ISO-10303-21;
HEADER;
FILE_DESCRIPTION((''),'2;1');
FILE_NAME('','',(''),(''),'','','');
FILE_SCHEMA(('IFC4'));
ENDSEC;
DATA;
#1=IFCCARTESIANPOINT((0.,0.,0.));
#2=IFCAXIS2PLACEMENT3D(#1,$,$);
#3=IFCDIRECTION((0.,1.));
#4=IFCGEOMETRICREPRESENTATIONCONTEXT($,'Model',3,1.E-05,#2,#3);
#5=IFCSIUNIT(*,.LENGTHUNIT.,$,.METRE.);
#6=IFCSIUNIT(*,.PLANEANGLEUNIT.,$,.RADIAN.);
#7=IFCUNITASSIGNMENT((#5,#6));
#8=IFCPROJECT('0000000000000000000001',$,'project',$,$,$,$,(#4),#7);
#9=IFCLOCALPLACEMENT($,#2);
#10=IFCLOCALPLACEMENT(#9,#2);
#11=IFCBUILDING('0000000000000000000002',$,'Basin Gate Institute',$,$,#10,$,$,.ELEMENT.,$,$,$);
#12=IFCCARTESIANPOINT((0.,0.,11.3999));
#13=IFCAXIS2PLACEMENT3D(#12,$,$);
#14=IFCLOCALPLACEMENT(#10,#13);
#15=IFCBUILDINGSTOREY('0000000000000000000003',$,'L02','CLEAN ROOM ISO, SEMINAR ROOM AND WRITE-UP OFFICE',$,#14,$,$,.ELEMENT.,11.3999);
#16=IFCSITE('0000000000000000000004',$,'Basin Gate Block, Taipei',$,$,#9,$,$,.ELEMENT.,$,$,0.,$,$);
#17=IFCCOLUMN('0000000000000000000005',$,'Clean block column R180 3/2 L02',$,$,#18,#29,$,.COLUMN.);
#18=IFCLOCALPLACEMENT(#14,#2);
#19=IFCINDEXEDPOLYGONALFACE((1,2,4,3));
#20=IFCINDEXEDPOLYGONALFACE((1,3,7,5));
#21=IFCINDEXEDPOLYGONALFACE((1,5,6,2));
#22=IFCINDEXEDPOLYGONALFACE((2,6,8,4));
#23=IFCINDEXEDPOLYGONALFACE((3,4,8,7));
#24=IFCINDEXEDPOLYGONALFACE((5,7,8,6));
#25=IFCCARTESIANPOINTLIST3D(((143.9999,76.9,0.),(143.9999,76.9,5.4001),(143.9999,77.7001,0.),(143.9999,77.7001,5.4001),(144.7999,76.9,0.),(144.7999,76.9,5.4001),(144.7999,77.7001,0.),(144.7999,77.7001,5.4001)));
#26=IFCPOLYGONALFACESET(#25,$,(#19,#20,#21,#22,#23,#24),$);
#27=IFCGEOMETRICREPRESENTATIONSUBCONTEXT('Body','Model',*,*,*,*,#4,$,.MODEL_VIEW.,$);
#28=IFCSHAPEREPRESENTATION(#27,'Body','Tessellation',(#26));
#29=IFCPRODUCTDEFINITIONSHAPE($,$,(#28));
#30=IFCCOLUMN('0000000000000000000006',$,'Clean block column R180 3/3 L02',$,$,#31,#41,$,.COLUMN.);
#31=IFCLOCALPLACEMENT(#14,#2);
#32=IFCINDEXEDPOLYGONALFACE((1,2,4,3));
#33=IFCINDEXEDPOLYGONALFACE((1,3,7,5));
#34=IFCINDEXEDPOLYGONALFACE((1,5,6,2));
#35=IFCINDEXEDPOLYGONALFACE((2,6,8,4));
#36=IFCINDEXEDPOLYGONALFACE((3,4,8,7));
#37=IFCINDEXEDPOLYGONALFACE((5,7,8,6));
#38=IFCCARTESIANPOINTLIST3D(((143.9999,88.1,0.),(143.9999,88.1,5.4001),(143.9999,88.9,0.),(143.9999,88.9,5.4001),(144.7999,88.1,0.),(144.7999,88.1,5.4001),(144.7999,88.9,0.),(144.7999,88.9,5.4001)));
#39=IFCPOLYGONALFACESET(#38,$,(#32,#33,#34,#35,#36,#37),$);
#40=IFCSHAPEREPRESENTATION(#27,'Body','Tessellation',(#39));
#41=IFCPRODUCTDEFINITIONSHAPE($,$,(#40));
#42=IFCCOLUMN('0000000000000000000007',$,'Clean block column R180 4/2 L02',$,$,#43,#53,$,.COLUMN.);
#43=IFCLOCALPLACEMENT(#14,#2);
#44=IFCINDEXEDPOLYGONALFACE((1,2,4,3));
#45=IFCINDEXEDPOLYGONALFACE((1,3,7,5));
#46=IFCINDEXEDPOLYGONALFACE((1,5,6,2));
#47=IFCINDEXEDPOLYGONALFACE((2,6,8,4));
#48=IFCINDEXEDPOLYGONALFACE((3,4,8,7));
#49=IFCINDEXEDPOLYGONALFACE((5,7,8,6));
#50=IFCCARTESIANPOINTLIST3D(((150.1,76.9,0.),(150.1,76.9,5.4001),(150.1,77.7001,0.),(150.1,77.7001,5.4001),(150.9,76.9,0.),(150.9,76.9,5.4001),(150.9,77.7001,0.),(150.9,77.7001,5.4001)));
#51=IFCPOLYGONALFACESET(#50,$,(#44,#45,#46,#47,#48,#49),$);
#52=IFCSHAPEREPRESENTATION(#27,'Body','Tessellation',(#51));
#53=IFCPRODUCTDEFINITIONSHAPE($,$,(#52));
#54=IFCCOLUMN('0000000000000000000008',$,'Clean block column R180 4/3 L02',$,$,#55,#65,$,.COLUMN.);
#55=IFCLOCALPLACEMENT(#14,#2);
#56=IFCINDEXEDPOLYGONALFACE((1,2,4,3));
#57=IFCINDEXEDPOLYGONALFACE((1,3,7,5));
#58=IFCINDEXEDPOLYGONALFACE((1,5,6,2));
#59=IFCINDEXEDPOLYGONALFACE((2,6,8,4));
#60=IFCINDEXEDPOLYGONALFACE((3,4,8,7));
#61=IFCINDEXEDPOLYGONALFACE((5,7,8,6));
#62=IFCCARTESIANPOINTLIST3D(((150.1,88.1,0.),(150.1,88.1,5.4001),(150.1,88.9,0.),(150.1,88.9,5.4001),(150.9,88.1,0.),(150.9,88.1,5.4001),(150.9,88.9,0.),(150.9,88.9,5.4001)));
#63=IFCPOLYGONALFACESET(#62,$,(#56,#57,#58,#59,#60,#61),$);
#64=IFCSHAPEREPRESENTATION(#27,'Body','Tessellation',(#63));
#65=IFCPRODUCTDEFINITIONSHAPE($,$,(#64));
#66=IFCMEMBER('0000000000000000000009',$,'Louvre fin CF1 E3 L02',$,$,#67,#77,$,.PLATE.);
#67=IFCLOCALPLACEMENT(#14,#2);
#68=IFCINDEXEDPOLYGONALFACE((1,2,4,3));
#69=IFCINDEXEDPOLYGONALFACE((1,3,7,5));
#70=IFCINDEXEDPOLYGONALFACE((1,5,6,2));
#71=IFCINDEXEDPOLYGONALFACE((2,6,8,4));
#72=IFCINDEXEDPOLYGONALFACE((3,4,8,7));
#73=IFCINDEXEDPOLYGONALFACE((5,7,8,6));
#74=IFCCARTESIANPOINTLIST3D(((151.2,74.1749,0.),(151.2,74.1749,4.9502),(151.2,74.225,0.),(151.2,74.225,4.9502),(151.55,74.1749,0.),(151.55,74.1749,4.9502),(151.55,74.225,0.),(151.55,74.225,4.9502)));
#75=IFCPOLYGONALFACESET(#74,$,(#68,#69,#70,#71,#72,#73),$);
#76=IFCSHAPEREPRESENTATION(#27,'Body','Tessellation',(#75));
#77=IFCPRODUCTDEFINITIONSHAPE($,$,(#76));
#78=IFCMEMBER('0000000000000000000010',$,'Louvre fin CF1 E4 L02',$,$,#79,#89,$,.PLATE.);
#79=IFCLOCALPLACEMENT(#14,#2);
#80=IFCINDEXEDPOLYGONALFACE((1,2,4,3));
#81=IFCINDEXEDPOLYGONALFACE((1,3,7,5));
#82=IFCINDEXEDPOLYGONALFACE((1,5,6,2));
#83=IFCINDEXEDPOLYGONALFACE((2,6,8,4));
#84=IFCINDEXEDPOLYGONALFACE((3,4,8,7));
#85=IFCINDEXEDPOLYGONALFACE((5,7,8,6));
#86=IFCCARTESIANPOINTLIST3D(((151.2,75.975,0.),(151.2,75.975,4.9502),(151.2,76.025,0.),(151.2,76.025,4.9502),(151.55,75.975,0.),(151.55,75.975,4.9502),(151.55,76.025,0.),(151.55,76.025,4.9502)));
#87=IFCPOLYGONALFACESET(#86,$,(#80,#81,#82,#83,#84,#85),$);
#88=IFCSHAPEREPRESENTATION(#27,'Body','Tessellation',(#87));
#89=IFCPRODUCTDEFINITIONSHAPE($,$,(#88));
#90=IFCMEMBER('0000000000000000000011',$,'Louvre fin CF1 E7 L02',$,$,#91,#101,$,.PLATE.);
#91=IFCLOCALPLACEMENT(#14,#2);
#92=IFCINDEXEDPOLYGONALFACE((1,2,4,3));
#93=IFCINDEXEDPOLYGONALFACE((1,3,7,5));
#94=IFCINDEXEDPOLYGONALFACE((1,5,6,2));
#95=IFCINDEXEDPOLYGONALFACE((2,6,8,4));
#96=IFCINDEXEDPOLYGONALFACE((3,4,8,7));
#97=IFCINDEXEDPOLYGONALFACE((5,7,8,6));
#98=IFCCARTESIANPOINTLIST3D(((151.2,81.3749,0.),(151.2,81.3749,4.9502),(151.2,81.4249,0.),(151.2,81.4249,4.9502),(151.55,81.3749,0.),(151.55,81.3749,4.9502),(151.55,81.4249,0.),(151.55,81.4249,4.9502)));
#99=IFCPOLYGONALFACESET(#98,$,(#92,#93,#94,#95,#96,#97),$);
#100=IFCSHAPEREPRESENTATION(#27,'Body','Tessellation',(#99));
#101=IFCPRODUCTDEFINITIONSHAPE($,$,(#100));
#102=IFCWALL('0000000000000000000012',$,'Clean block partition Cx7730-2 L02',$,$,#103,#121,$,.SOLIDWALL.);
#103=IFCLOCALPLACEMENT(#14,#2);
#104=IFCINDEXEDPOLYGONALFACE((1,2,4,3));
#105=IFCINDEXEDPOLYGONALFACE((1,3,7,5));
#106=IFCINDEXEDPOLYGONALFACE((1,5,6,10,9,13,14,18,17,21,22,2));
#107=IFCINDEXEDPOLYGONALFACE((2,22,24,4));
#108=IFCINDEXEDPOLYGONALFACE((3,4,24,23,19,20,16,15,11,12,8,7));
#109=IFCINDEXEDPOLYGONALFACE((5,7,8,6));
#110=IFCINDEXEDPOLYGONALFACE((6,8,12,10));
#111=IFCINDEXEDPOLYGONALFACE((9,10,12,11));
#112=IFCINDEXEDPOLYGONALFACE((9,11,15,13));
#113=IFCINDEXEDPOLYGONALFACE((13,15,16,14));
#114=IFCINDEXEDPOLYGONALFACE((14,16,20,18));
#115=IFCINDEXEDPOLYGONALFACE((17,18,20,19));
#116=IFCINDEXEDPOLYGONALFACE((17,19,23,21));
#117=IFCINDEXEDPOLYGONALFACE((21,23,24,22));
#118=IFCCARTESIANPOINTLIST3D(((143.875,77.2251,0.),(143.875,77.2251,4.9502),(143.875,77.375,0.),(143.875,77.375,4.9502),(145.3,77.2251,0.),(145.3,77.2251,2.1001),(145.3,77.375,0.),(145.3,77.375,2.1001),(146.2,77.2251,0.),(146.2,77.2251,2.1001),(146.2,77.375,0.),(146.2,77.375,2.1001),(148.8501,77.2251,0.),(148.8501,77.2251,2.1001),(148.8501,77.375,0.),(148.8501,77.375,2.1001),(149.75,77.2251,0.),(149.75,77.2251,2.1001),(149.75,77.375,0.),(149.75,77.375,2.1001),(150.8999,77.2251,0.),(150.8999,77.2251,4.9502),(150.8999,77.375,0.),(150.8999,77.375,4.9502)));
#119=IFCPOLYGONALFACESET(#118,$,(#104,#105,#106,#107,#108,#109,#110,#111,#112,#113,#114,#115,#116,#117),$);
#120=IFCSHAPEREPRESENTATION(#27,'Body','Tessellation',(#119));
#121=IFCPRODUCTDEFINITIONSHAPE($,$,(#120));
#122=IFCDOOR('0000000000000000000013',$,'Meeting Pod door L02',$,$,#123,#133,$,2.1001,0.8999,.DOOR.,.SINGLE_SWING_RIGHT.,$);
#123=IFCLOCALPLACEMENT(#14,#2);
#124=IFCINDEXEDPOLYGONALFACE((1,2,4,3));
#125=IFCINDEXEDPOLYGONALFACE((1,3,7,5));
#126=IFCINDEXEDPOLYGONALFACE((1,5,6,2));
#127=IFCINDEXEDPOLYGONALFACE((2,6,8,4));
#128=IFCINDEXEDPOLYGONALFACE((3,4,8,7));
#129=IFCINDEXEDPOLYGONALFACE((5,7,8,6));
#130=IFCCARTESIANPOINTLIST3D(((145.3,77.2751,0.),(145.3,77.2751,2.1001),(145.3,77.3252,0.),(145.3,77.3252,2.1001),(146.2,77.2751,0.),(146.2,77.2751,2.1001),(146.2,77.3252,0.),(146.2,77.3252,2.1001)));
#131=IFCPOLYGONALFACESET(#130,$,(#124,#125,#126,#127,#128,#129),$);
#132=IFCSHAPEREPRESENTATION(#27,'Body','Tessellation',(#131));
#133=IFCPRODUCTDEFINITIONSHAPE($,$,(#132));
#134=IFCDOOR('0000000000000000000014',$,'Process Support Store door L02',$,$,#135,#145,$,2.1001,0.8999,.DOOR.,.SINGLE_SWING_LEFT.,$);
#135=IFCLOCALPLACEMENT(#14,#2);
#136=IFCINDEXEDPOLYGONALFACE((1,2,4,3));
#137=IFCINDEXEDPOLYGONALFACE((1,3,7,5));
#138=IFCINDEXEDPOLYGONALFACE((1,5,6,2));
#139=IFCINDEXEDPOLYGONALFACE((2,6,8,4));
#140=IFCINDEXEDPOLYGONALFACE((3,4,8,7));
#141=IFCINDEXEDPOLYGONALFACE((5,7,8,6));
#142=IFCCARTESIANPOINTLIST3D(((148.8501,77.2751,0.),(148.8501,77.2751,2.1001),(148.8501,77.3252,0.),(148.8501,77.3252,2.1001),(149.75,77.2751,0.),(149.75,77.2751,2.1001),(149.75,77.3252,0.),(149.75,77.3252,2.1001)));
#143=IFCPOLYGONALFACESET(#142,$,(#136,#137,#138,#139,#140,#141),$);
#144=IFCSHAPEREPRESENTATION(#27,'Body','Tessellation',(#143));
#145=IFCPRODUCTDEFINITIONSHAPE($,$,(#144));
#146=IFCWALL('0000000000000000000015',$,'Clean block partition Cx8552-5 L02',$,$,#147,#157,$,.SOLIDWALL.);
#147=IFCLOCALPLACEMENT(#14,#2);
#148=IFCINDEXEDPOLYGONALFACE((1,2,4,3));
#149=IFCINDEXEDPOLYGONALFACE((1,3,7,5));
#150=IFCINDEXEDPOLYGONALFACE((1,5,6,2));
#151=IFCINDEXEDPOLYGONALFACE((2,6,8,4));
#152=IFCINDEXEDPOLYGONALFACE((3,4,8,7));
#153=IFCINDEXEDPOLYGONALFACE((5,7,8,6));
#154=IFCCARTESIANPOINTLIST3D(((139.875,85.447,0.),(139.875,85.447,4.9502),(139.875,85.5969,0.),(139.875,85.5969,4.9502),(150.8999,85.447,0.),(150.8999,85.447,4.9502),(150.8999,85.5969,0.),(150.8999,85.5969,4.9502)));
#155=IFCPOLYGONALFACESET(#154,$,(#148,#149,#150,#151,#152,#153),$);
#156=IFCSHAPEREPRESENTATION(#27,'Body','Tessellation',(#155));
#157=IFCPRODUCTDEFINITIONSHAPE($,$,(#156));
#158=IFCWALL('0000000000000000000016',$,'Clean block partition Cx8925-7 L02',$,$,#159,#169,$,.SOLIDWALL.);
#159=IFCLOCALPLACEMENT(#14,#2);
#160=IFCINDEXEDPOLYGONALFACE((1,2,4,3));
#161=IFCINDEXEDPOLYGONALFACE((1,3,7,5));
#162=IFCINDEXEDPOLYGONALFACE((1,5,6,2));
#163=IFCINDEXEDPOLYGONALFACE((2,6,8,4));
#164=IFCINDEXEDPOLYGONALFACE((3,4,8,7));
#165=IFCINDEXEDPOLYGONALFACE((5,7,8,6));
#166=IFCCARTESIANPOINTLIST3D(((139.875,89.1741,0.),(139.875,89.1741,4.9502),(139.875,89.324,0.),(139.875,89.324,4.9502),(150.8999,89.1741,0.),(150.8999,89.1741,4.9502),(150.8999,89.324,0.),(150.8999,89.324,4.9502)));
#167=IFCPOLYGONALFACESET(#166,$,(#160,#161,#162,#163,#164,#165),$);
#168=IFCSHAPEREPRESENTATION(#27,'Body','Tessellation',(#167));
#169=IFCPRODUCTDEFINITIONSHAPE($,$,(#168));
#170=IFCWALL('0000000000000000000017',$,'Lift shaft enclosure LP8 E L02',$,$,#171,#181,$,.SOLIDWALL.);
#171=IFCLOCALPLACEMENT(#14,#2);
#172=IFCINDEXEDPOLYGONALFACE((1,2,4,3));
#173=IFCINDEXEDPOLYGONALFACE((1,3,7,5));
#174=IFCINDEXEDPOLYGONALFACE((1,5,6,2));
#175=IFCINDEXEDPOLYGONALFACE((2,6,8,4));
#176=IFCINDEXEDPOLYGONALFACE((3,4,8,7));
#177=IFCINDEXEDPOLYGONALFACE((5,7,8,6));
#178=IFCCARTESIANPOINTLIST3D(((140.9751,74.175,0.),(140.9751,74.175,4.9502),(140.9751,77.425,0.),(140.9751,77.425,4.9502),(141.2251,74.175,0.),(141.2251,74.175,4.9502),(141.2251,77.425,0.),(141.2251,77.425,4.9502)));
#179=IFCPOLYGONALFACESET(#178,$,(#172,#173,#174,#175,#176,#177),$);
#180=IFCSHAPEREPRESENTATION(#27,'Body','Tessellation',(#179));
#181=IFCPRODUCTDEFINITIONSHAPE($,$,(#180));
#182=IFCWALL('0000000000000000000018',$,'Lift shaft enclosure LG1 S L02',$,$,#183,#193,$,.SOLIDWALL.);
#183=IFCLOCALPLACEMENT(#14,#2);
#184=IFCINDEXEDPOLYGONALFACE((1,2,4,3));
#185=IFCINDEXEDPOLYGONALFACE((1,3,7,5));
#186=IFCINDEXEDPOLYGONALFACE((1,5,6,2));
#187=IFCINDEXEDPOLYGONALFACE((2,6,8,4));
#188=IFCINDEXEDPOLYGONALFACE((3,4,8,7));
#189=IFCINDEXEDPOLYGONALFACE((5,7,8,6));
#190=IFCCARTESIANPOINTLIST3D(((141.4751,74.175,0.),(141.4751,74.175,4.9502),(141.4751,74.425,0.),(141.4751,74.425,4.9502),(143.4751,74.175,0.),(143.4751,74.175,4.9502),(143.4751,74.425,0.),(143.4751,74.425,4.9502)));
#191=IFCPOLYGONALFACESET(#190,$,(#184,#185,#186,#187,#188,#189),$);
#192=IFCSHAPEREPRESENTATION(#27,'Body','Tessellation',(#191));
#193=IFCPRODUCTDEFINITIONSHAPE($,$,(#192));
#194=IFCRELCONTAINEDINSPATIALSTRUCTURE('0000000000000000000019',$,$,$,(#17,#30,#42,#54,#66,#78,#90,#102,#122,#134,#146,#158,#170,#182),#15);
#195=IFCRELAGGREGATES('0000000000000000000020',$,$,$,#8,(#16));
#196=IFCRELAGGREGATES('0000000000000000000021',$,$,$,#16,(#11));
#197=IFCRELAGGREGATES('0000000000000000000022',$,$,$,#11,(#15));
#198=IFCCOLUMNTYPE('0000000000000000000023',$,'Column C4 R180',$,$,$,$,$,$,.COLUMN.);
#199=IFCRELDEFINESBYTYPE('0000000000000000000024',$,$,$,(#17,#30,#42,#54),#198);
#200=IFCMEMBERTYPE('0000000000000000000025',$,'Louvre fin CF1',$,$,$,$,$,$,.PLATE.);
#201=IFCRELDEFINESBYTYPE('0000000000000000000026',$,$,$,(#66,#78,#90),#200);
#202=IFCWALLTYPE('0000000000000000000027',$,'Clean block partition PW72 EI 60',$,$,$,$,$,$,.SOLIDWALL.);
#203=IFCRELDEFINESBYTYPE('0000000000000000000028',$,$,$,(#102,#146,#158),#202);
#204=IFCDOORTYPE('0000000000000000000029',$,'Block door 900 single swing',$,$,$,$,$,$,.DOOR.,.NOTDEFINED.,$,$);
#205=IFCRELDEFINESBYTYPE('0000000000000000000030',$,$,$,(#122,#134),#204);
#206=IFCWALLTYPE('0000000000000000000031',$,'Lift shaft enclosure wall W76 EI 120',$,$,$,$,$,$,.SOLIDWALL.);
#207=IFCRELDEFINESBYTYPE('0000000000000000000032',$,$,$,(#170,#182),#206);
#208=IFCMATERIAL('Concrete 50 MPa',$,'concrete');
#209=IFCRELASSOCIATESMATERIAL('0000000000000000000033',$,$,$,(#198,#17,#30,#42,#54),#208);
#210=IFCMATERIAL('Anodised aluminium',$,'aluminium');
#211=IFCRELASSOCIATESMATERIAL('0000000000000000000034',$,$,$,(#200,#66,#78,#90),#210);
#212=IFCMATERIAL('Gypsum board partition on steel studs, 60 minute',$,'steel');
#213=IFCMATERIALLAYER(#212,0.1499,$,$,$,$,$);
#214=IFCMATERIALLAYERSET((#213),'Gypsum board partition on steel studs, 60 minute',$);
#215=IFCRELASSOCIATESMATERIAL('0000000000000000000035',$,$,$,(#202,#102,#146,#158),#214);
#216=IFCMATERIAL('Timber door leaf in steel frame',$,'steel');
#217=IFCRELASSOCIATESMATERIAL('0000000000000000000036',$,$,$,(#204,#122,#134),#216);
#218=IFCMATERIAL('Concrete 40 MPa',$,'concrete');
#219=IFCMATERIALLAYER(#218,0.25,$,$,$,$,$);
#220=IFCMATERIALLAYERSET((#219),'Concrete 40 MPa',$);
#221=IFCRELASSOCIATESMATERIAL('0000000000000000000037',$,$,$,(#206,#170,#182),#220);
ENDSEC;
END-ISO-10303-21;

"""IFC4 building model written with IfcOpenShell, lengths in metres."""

from ifc_helpers import new_model, si_unit, direction, frame, frame_2d, origin, origin_2d, place, context, subcontext, project, spatial, rectangle, extrude, material, layer, layer_set, material_profile, profile_set, type_object, element, fill, save


model = new_model("IFC4")

# Units and contexts
model_context = context("Model", 3, precision=1e-05, world=origin(), true_north=direction((0.0, 1.0)))
body_context = subcontext(model_context, "Body", "Model", "MODEL_VIEW")
ifc_project = project(units=[si_unit("LENGTHUNIT", "METRE"), si_unit("PLANEANGLEUNIT", "RADIAN")], contexts=[model_context])

# Site, building, storey
site_placement = place(None, origin())
site = spatial("IfcSite", under=ifc_project, at=site_placement, Name="Basin Gate Block, Taipei", CompositionType="ELEMENT", RefElevation=0.0)
building_placement = place(site_placement, origin())
building = spatial("IfcBuilding", under=site, at=building_placement, Name="Basin Gate Institute", CompositionType="ELEMENT")
storey_placement = place(building_placement, frame((0.0, 0.0, 11.3999)))
storey = spatial("IfcBuildingStorey", under=building, at=storey_placement, Name="L02", Description="CLEAN ROOM ISO, SEMINAR ROOM AND WRITE-UP OFFICE", CompositionType="ELEMENT", Elevation=11.3999)

# Columns
ifc_material_1 = material(Name="Concrete 50 MPa", Category="concrete")
ifc_material_profile_1 = material_profile(ifc_material_1, rectangle(XDim=0.8, YDim=0.8, at=origin_2d()), Name="Column C4 800 x 800")
ifc_profile_set_1 = profile_set([ifc_material_profile_1], Name="Concrete 50 MPa")
column_type = type_object("IfcColumnType", Name="Column C4 R180", PredefinedType="COLUMN", material=ifc_profile_set_1)
for number, where, z_axis, x_axis, name in (
    (1, (144.3999, 77.3, 0.0), (0.0, 0.0, 1.0), (1.0, 0.0, 0.0), "Clean block column R180 3/2 L02"),
    (2, (144.3999, 88.5, 0.0), (0.0, 0.0, 1.0), (1.0, 0.0, 0.0), "Clean block column R180 3/3 L02"),
    (3, (150.5, 77.3, 0.0), (0.0, 0.0, 1.0), (1.0, 0.0, 0.0), "Clean block column R180 4/2 L02"),
    (4, (150.5, 88.5, 0.0), (0.0, 0.0, 1.0), (1.0, 0.0, 0.0), "Clean block column R180 4/3 L02"),
):
    element("IfcColumn", number, at=place(storey_placement, frame(where, z_axis=z_axis, x_axis=x_axis)), inside=storey, type_object=column_type, material=ifc_profile_set_1, Name=name, PredefinedType="COLUMN", context=body_context, shape_type="SweptSolid", body=[
        extrude(rectangle(XDim=0.8, YDim=0.8, at=origin_2d()), origin(), (0.0, 0.0, 1.0), 5.4001),
    ])

# Members
ifc_material_2 = material(Name="Anodised aluminium", Category="aluminium")
ifc_material_profile_2 = material_profile(ifc_material_2, rectangle(XDim=0.05, YDim=0.3501, at=origin_2d()), Name="Louvre fin CF1 50 x 350")
ifc_profile_set_2 = profile_set([ifc_material_profile_2], Name="Anodised aluminium")
member_type = type_object("IfcMemberType", Name="Louvre fin CF1", PredefinedType="PLATE", material=ifc_profile_set_2)
for number, where, z_axis, x_axis, name in (
    (5, (151.375, 74.2, 0.0), (0.0, 0.0, 1.0), (0.0, 1.0, 0.0), "Louvre fin CF1 E3 L02"),
    (6, (151.375, 76.0, 0.0), (0.0, 0.0, 1.0), (0.0, 1.0, 0.0), "Louvre fin CF1 E4 L02"),
    (7, (151.375, 81.3999, 0.0), (0.0, 0.0, 1.0), (0.0, 1.0, 0.0), "Louvre fin CF1 E7 L02"),
):
    element("IfcMember", number, at=place(storey_placement, frame(where, z_axis=z_axis, x_axis=x_axis)), inside=storey, type_object=member_type, material=ifc_profile_set_2, Name=name, PredefinedType="PLATE", context=body_context, shape_type="SweptSolid", body=[
        extrude(rectangle(XDim=0.05, YDim=0.3501, at=origin_2d()), origin(), (0.0, 0.0, 1.0), 4.9502),
    ])

# Wall, openings, doors
ifc_material_3 = material(Name="Gypsum board partition on steel studs, 60 minute", Category="steel")
ifc_layer_1 = layer(ifc_material_3, 0.1499)
ifc_layer_set_1 = layer_set([ifc_layer_1], Name="Gypsum board partition on steel studs, 60 minute")
wall_type_1 = type_object("IfcWallType", Name="Clean block partition PW72 EI 60", PredefinedType="SOLIDWALL", material=ifc_layer_set_1)
wall_1_placement = place(storey_placement, frame((143.875, 77.3, 0.0), z_axis=(0.0, 0.0, 1.0), x_axis=(1.0, 0.0, 0.0)))
wall_1 = element("IfcWall", 8, at=wall_1_placement, inside=storey, type_object=wall_type_1, material=ifc_layer_set_1, Name="Clean block partition Cx7730-2 L02", PredefinedType="SOLIDWALL", context=body_context, shape_type="SweptSolid", body=[
    extrude(rectangle(XDim=7.0249, YDim=0.1499, at=frame_2d((3.5125, 0.0))), origin(), (0.0, 0.0, 1.0), 4.9502),
])
opening_1_placement = place(wall_1_placement, frame((1.425, 0.0, 0.0)))
opening_1 = element("IfcOpeningElement", 9, at=opening_1_placement, cuts=wall_1, PredefinedType="OPENING", context=body_context, shape_type="SweptSolid", body=[
    extrude(rectangle(XDim=0.8999, YDim=2.1001, at=frame_2d((0.45, 1.05))), frame((0.0, 0.085, 0.0), z_axis=(0.0, -1.0, 0.0), x_axis=(1.0, 0.0, 0.0)), (0.0, 0.0, 1.0), 0.1699),
])
opening_2_placement = place(wall_1_placement, frame((4.9751, 0.0, 0.0)))
opening_2 = element("IfcOpeningElement", 10, at=opening_2_placement, cuts=wall_1, PredefinedType="OPENING", context=body_context, shape_type="SweptSolid", body=[
    extrude(rectangle(XDim=0.8999, YDim=2.1001, at=frame_2d((0.45, 1.05))), frame((0.0, 0.085, 0.0), z_axis=(0.0, -1.0, 0.0), x_axis=(1.0, 0.0, 0.0)), (0.0, 0.0, 1.0), 0.1699),
])
ifc_material_4 = material(Name="Timber door leaf in steel frame", Category="steel")
door_type_1 = type_object("IfcDoorType", Name="Block door 900 single swing", OperationType="NOTDEFINED", PredefinedType="DOOR", material=ifc_material_4)
door_1_placement = place(opening_1_placement, frame((0.8999, 0.0, 0.0), z_axis=(0.0, 0.0, 1.0), x_axis=(-1.0, 0.0, 0.0)))
door_1 = element("IfcDoor", 11, at=door_1_placement, inside=storey, type_object=door_type_1, material=ifc_material_4, Name="Meeting Pod door L02", OperationType="SINGLE_SWING_RIGHT", OverallHeight=2.1001, OverallWidth=0.8999, PredefinedType="DOOR", context=body_context, shape_type="SweptSolid", body=[
    extrude(rectangle(XDim=0.8999, YDim=2.1001, at=frame_2d((0.45, 1.05))), frame((0.0, 0.0249, 0.0), z_axis=(0.0, -1.0, 0.0), x_axis=(1.0, 0.0, 0.0)), (0.0, 0.0, 1.0), 0.05),
])
fill(opening_1, door_1)
door_2_placement = place(opening_2_placement, frame((0.8999, 0.0, 0.0), z_axis=(0.0, 0.0, 1.0), x_axis=(-1.0, 0.0, 0.0)))
door_2 = element("IfcDoor", 12, at=door_2_placement, inside=storey, type_object=door_type_1, material=ifc_material_4, Name="Process Support Store door L02", OperationType="SINGLE_SWING_LEFT", OverallHeight=2.1001, OverallWidth=0.8999, PredefinedType="DOOR", context=body_context, shape_type="SweptSolid", body=[
    extrude(rectangle(XDim=0.8999, YDim=2.1001, at=frame_2d((0.45, 1.05))), frame((0.0, 0.0249, 0.0), z_axis=(0.0, -1.0, 0.0), x_axis=(1.0, 0.0, 0.0)), (0.0, 0.0, 1.0), 0.05),
])
fill(opening_2, door_2)

# Walls
for number, where, z_axis, x_axis, name in (
    (13, (139.875, 85.522, 0.0), (0.0, 0.0, 1.0), (1.0, 0.0, 0.0), "Clean block partition Cx8552-5 L02"),
    (14, (139.875, 89.249, 0.0), (0.0, 0.0, 1.0), (1.0, 0.0, 0.0), "Clean block partition Cx8925-7 L02"),
):
    element("IfcWall", number, at=place(storey_placement, frame(where, z_axis=z_axis, x_axis=x_axis)), inside=storey, type_object=wall_type_1, material=ifc_layer_set_1, Name=name, PredefinedType="SOLIDWALL", context=body_context, shape_type="SweptSolid", body=[
        extrude(rectangle(XDim=11.0249, YDim=0.1499, at=frame_2d((5.5125, 0.0))), origin(), (0.0, 0.0, 1.0), 4.9502),
    ])
ifc_material_5 = material(Name="Concrete 40 MPa", Category="concrete")
ifc_layer_2 = layer(ifc_material_5, 0.25)
ifc_layer_set_2 = layer_set([ifc_layer_2], Name="Concrete 40 MPa")
wall_type_2 = type_object("IfcWallType", Name="Lift shaft enclosure wall W76 EI 120", PredefinedType="SOLIDWALL", material=ifc_layer_set_2)
wall_2_placement = place(storey_placement, frame((141.1001, 74.175, 0.0), z_axis=(0.0, 0.0, 1.0), x_axis=(0.0, 1.0, 0.0)))
element("IfcWall", 15, at=wall_2_placement, inside=storey, type_object=wall_type_2, material=ifc_layer_set_2, Name="Lift shaft enclosure LP8 E L02", PredefinedType="SOLIDWALL", context=body_context, shape_type="SweptSolid", body=[
    extrude(rectangle(XDim=3.25, YDim=0.25, at=frame_2d((1.625, 0.0))), origin(), (0.0, 0.0, 1.0), 4.9502),
])
wall_3_placement = place(storey_placement, frame((141.4751, 74.3, 0.0), z_axis=(0.0, 0.0, 1.0), x_axis=(1.0, 0.0, 0.0)))
element("IfcWall", 16, at=wall_3_placement, inside=storey, type_object=wall_type_2, material=ifc_layer_set_2, Name="Lift shaft enclosure LG1 S L02", PredefinedType="SOLIDWALL", context=body_context, shape_type="SweptSolid", body=[
    extrude(rectangle(XDim=2.0, YDim=0.25, at=frame_2d((1.0, 0.0))), origin(), (0.0, 0.0, 1.0), 4.9502),
])

save(model, "model.ifc")
